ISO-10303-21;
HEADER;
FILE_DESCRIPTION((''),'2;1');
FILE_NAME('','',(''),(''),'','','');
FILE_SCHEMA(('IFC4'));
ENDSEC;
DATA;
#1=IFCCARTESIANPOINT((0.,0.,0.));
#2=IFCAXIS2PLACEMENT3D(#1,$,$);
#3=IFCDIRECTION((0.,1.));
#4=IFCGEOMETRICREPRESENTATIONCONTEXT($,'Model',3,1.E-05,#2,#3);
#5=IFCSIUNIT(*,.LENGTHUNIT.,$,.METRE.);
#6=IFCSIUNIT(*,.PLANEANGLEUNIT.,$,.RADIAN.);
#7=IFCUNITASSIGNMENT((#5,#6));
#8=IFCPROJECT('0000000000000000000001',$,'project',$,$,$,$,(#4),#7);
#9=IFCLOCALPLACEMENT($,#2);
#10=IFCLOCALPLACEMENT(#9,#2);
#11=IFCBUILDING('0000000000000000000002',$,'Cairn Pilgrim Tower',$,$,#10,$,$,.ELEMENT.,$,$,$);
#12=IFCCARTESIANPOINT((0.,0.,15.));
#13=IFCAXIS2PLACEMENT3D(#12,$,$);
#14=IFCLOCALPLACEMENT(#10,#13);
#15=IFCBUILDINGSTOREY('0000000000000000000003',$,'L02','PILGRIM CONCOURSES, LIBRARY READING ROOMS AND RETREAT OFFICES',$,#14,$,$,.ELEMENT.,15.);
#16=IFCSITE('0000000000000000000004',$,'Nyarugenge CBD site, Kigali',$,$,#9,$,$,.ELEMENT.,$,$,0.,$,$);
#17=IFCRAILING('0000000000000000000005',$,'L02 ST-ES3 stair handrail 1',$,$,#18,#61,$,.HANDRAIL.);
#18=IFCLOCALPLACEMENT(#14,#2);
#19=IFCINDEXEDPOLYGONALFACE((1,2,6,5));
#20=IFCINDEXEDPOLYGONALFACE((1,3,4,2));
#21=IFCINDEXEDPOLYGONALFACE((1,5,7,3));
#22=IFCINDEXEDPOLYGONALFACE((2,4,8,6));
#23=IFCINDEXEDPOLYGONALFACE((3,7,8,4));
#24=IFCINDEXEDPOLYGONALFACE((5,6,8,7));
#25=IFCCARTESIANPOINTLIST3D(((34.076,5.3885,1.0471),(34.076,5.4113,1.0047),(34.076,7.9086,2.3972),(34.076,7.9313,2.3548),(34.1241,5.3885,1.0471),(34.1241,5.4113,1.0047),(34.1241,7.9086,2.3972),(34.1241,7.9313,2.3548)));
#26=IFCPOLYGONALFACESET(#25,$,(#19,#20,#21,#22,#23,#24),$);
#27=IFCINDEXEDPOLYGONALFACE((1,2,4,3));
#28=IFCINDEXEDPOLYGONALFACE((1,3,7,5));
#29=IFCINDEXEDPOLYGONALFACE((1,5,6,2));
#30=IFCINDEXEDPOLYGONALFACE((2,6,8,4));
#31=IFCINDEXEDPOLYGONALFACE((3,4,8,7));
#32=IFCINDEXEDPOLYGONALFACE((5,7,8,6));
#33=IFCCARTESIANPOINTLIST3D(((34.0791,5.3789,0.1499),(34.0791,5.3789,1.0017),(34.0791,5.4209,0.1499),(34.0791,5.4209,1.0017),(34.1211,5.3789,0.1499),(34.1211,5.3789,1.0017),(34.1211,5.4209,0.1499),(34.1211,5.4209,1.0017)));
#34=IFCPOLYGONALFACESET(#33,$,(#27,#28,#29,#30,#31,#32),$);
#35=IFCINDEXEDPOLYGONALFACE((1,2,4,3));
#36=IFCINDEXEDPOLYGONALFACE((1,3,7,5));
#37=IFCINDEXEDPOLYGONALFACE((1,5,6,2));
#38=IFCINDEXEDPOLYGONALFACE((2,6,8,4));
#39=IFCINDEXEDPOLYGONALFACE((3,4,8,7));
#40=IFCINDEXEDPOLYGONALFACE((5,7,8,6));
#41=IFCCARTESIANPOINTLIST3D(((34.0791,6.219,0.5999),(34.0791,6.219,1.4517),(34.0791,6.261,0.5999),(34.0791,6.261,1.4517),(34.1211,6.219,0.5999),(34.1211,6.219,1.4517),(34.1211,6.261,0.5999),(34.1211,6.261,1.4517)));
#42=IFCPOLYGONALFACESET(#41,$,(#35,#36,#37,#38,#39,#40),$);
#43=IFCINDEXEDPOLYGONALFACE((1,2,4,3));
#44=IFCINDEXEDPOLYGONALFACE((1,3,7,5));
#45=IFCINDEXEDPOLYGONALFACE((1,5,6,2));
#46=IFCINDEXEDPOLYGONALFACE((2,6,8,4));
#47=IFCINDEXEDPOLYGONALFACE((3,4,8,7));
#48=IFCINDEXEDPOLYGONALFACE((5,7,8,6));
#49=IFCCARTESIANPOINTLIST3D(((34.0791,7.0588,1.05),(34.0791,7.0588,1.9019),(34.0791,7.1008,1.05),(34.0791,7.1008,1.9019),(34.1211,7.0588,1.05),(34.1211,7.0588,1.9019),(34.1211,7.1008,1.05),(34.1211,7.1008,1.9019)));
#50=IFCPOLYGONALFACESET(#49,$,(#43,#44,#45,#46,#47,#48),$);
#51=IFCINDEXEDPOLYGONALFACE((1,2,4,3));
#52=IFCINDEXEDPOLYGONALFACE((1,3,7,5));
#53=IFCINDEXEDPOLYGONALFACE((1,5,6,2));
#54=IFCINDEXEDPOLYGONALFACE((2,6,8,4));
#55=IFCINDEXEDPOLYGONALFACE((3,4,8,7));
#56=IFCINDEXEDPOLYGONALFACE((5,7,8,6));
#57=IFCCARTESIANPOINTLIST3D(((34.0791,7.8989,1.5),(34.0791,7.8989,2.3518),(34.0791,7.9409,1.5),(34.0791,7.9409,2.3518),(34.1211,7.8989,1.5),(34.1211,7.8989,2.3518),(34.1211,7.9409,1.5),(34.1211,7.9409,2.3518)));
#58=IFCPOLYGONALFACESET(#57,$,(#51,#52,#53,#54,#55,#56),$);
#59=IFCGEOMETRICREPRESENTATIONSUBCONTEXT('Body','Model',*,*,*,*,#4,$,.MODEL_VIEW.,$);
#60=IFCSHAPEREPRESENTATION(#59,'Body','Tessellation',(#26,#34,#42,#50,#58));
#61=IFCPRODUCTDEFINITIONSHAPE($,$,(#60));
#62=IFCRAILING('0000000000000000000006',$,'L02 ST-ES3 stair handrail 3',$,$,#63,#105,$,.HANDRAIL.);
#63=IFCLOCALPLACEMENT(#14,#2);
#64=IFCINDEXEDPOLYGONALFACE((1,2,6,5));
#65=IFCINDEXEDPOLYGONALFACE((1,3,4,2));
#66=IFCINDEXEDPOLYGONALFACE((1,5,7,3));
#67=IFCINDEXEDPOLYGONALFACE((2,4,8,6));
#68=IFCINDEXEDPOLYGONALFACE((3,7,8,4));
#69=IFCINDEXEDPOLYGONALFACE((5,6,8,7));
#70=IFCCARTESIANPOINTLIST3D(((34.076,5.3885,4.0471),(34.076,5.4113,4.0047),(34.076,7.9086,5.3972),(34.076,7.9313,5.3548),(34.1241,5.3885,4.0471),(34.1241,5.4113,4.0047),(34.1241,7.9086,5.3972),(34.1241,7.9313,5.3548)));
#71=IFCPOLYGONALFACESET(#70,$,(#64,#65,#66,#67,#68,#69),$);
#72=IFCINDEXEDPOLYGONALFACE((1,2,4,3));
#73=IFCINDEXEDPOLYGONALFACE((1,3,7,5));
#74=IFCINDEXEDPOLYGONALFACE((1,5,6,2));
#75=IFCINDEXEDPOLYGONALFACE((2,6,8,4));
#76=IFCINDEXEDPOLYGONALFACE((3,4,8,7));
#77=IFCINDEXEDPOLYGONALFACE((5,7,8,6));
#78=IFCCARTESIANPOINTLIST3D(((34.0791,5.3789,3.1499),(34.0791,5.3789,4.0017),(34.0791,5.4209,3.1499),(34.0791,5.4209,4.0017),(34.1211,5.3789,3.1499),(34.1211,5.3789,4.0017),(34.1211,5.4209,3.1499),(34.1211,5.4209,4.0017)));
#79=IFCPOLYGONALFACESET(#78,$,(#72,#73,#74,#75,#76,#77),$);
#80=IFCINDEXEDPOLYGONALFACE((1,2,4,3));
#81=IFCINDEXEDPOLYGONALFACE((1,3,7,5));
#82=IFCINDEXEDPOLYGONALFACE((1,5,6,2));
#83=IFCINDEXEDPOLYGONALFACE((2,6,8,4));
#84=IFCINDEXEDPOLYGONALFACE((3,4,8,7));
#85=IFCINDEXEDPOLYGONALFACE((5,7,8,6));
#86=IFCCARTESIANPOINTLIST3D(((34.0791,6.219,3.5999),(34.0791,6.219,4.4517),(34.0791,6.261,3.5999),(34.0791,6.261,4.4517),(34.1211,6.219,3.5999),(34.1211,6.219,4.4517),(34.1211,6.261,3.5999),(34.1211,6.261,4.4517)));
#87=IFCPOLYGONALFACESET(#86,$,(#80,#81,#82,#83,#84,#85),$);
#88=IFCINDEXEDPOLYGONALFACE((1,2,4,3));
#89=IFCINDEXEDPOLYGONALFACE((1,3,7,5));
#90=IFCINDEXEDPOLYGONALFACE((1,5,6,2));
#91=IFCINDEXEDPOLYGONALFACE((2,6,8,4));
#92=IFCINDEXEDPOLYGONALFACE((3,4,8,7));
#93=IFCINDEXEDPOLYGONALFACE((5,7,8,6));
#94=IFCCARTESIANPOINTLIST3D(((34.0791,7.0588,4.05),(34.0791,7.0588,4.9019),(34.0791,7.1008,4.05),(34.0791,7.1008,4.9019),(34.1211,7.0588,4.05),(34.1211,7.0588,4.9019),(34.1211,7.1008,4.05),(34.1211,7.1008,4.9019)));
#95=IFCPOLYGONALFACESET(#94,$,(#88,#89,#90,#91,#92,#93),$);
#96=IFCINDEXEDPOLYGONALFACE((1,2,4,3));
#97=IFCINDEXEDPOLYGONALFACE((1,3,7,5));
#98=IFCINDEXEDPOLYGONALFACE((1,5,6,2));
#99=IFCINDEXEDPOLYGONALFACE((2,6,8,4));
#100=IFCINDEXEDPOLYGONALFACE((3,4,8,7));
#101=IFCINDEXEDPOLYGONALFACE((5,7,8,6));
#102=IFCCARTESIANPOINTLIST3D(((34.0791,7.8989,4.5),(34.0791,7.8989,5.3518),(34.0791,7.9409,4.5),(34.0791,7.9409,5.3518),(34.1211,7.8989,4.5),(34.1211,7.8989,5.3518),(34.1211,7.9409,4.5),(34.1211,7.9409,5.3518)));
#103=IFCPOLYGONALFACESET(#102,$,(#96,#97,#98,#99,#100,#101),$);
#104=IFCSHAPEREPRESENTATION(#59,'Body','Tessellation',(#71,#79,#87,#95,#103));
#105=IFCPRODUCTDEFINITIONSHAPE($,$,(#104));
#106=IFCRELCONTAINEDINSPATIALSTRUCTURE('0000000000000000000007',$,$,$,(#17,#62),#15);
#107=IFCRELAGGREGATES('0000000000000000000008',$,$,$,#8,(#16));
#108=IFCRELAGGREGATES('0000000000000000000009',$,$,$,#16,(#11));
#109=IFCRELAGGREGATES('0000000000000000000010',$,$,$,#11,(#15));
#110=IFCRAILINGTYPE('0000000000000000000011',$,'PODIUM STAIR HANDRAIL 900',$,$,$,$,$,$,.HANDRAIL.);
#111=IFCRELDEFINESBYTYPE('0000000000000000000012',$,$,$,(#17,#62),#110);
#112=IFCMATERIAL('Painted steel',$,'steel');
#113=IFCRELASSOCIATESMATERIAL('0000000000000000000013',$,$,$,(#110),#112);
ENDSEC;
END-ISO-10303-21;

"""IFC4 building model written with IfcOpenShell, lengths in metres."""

from ifc_helpers import new_model, si_unit, direction, frame, origin, origin_2d, place, context, subcontext, project, spatial, rectangle, extrude, material, type_object, element, save


model = new_model("IFC4")

# Units and contexts
model_context = context("Model", 3, precision=1e-05, world=origin(), true_north=direction((0.0, 1.0)))
body_context = subcontext(model_context, "Body", "Model", "MODEL_VIEW")
ifc_project = project(units=[si_unit("LENGTHUNIT", "METRE"), si_unit("PLANEANGLEUNIT", "RADIAN")], contexts=[model_context])

# Site, building, storey
site_placement = place(None, origin())
site = spatial("IfcSite", under=ifc_project, at=site_placement, Name="Nyarugenge CBD site, Kigali", CompositionType="ELEMENT", RefElevation=0.0)
building_placement = place(site_placement, origin())
building = spatial("IfcBuilding", under=site, at=building_placement, Name="Cairn Pilgrim Tower", CompositionType="ELEMENT")
storey_placement = place(building_placement, frame((0.0, 0.0, 15.0)))
storey = spatial("IfcBuildingStorey", under=building, at=storey_placement, Name="L02", Description="PILGRIM CONCOURSES, LIBRARY READING ROOMS AND RETREAT OFFICES", CompositionType="ELEMENT", Elevation=15.0)

# Railings
ifc_material_1 = material(Name="Painted steel", Category="steel")
railing_type_1 = type_object("IfcRailingType", Name="PODIUM STAIR HANDRAIL 900", PredefinedType="HANDRAIL", material=ifc_material_1)
for number, where, name in (
    (1, (34.1001, 5.3999, 0.1499), "L02 ST-ES3 stair handrail 1"),
    (2, (34.1001, 5.3999, 3.1499), "L02 ST-ES3 stair handrail 3"),
):
    element("IfcRailing", number, at=place(storey_placement, frame(where)), inside=storey, type_object=railing_type_1, Name=name, PredefinedType="HANDRAIL", context=body_context, shape_type="SweptSolid", body=[
        extrude(rectangle(XDim=0.0481, YDim=0.0481, at=origin_2d()), frame((0.0, 0.0, 0.876), z_axis=(0.0, 0.881467, 0.472245), x_axis=(-1.0, 0.0, 0.0)), (0.0, 0.0, 1.0), 2.8589),
        extrude(rectangle(XDim=0.042, YDim=0.042, at=origin_2d()), origin(), (0.0, 0.0, 1.0), 0.8518),
        extrude(rectangle(XDim=0.042, YDim=0.042, at=origin_2d()), frame((0.0, 0.8401, 0.45)), (0.0, 0.0, 1.0), 0.8518),
        extrude(rectangle(XDim=0.042, YDim=0.042, at=origin_2d()), frame((0.0, 1.6799, 0.9001)), (0.0, 0.0, 1.0), 0.8518),
        extrude(rectangle(XDim=0.042, YDim=0.042, at=origin_2d()), frame((0.0, 2.52, 1.3501)), (0.0, 0.0, 1.0), 0.8518),
    ])

save(model, "model.ifc")
